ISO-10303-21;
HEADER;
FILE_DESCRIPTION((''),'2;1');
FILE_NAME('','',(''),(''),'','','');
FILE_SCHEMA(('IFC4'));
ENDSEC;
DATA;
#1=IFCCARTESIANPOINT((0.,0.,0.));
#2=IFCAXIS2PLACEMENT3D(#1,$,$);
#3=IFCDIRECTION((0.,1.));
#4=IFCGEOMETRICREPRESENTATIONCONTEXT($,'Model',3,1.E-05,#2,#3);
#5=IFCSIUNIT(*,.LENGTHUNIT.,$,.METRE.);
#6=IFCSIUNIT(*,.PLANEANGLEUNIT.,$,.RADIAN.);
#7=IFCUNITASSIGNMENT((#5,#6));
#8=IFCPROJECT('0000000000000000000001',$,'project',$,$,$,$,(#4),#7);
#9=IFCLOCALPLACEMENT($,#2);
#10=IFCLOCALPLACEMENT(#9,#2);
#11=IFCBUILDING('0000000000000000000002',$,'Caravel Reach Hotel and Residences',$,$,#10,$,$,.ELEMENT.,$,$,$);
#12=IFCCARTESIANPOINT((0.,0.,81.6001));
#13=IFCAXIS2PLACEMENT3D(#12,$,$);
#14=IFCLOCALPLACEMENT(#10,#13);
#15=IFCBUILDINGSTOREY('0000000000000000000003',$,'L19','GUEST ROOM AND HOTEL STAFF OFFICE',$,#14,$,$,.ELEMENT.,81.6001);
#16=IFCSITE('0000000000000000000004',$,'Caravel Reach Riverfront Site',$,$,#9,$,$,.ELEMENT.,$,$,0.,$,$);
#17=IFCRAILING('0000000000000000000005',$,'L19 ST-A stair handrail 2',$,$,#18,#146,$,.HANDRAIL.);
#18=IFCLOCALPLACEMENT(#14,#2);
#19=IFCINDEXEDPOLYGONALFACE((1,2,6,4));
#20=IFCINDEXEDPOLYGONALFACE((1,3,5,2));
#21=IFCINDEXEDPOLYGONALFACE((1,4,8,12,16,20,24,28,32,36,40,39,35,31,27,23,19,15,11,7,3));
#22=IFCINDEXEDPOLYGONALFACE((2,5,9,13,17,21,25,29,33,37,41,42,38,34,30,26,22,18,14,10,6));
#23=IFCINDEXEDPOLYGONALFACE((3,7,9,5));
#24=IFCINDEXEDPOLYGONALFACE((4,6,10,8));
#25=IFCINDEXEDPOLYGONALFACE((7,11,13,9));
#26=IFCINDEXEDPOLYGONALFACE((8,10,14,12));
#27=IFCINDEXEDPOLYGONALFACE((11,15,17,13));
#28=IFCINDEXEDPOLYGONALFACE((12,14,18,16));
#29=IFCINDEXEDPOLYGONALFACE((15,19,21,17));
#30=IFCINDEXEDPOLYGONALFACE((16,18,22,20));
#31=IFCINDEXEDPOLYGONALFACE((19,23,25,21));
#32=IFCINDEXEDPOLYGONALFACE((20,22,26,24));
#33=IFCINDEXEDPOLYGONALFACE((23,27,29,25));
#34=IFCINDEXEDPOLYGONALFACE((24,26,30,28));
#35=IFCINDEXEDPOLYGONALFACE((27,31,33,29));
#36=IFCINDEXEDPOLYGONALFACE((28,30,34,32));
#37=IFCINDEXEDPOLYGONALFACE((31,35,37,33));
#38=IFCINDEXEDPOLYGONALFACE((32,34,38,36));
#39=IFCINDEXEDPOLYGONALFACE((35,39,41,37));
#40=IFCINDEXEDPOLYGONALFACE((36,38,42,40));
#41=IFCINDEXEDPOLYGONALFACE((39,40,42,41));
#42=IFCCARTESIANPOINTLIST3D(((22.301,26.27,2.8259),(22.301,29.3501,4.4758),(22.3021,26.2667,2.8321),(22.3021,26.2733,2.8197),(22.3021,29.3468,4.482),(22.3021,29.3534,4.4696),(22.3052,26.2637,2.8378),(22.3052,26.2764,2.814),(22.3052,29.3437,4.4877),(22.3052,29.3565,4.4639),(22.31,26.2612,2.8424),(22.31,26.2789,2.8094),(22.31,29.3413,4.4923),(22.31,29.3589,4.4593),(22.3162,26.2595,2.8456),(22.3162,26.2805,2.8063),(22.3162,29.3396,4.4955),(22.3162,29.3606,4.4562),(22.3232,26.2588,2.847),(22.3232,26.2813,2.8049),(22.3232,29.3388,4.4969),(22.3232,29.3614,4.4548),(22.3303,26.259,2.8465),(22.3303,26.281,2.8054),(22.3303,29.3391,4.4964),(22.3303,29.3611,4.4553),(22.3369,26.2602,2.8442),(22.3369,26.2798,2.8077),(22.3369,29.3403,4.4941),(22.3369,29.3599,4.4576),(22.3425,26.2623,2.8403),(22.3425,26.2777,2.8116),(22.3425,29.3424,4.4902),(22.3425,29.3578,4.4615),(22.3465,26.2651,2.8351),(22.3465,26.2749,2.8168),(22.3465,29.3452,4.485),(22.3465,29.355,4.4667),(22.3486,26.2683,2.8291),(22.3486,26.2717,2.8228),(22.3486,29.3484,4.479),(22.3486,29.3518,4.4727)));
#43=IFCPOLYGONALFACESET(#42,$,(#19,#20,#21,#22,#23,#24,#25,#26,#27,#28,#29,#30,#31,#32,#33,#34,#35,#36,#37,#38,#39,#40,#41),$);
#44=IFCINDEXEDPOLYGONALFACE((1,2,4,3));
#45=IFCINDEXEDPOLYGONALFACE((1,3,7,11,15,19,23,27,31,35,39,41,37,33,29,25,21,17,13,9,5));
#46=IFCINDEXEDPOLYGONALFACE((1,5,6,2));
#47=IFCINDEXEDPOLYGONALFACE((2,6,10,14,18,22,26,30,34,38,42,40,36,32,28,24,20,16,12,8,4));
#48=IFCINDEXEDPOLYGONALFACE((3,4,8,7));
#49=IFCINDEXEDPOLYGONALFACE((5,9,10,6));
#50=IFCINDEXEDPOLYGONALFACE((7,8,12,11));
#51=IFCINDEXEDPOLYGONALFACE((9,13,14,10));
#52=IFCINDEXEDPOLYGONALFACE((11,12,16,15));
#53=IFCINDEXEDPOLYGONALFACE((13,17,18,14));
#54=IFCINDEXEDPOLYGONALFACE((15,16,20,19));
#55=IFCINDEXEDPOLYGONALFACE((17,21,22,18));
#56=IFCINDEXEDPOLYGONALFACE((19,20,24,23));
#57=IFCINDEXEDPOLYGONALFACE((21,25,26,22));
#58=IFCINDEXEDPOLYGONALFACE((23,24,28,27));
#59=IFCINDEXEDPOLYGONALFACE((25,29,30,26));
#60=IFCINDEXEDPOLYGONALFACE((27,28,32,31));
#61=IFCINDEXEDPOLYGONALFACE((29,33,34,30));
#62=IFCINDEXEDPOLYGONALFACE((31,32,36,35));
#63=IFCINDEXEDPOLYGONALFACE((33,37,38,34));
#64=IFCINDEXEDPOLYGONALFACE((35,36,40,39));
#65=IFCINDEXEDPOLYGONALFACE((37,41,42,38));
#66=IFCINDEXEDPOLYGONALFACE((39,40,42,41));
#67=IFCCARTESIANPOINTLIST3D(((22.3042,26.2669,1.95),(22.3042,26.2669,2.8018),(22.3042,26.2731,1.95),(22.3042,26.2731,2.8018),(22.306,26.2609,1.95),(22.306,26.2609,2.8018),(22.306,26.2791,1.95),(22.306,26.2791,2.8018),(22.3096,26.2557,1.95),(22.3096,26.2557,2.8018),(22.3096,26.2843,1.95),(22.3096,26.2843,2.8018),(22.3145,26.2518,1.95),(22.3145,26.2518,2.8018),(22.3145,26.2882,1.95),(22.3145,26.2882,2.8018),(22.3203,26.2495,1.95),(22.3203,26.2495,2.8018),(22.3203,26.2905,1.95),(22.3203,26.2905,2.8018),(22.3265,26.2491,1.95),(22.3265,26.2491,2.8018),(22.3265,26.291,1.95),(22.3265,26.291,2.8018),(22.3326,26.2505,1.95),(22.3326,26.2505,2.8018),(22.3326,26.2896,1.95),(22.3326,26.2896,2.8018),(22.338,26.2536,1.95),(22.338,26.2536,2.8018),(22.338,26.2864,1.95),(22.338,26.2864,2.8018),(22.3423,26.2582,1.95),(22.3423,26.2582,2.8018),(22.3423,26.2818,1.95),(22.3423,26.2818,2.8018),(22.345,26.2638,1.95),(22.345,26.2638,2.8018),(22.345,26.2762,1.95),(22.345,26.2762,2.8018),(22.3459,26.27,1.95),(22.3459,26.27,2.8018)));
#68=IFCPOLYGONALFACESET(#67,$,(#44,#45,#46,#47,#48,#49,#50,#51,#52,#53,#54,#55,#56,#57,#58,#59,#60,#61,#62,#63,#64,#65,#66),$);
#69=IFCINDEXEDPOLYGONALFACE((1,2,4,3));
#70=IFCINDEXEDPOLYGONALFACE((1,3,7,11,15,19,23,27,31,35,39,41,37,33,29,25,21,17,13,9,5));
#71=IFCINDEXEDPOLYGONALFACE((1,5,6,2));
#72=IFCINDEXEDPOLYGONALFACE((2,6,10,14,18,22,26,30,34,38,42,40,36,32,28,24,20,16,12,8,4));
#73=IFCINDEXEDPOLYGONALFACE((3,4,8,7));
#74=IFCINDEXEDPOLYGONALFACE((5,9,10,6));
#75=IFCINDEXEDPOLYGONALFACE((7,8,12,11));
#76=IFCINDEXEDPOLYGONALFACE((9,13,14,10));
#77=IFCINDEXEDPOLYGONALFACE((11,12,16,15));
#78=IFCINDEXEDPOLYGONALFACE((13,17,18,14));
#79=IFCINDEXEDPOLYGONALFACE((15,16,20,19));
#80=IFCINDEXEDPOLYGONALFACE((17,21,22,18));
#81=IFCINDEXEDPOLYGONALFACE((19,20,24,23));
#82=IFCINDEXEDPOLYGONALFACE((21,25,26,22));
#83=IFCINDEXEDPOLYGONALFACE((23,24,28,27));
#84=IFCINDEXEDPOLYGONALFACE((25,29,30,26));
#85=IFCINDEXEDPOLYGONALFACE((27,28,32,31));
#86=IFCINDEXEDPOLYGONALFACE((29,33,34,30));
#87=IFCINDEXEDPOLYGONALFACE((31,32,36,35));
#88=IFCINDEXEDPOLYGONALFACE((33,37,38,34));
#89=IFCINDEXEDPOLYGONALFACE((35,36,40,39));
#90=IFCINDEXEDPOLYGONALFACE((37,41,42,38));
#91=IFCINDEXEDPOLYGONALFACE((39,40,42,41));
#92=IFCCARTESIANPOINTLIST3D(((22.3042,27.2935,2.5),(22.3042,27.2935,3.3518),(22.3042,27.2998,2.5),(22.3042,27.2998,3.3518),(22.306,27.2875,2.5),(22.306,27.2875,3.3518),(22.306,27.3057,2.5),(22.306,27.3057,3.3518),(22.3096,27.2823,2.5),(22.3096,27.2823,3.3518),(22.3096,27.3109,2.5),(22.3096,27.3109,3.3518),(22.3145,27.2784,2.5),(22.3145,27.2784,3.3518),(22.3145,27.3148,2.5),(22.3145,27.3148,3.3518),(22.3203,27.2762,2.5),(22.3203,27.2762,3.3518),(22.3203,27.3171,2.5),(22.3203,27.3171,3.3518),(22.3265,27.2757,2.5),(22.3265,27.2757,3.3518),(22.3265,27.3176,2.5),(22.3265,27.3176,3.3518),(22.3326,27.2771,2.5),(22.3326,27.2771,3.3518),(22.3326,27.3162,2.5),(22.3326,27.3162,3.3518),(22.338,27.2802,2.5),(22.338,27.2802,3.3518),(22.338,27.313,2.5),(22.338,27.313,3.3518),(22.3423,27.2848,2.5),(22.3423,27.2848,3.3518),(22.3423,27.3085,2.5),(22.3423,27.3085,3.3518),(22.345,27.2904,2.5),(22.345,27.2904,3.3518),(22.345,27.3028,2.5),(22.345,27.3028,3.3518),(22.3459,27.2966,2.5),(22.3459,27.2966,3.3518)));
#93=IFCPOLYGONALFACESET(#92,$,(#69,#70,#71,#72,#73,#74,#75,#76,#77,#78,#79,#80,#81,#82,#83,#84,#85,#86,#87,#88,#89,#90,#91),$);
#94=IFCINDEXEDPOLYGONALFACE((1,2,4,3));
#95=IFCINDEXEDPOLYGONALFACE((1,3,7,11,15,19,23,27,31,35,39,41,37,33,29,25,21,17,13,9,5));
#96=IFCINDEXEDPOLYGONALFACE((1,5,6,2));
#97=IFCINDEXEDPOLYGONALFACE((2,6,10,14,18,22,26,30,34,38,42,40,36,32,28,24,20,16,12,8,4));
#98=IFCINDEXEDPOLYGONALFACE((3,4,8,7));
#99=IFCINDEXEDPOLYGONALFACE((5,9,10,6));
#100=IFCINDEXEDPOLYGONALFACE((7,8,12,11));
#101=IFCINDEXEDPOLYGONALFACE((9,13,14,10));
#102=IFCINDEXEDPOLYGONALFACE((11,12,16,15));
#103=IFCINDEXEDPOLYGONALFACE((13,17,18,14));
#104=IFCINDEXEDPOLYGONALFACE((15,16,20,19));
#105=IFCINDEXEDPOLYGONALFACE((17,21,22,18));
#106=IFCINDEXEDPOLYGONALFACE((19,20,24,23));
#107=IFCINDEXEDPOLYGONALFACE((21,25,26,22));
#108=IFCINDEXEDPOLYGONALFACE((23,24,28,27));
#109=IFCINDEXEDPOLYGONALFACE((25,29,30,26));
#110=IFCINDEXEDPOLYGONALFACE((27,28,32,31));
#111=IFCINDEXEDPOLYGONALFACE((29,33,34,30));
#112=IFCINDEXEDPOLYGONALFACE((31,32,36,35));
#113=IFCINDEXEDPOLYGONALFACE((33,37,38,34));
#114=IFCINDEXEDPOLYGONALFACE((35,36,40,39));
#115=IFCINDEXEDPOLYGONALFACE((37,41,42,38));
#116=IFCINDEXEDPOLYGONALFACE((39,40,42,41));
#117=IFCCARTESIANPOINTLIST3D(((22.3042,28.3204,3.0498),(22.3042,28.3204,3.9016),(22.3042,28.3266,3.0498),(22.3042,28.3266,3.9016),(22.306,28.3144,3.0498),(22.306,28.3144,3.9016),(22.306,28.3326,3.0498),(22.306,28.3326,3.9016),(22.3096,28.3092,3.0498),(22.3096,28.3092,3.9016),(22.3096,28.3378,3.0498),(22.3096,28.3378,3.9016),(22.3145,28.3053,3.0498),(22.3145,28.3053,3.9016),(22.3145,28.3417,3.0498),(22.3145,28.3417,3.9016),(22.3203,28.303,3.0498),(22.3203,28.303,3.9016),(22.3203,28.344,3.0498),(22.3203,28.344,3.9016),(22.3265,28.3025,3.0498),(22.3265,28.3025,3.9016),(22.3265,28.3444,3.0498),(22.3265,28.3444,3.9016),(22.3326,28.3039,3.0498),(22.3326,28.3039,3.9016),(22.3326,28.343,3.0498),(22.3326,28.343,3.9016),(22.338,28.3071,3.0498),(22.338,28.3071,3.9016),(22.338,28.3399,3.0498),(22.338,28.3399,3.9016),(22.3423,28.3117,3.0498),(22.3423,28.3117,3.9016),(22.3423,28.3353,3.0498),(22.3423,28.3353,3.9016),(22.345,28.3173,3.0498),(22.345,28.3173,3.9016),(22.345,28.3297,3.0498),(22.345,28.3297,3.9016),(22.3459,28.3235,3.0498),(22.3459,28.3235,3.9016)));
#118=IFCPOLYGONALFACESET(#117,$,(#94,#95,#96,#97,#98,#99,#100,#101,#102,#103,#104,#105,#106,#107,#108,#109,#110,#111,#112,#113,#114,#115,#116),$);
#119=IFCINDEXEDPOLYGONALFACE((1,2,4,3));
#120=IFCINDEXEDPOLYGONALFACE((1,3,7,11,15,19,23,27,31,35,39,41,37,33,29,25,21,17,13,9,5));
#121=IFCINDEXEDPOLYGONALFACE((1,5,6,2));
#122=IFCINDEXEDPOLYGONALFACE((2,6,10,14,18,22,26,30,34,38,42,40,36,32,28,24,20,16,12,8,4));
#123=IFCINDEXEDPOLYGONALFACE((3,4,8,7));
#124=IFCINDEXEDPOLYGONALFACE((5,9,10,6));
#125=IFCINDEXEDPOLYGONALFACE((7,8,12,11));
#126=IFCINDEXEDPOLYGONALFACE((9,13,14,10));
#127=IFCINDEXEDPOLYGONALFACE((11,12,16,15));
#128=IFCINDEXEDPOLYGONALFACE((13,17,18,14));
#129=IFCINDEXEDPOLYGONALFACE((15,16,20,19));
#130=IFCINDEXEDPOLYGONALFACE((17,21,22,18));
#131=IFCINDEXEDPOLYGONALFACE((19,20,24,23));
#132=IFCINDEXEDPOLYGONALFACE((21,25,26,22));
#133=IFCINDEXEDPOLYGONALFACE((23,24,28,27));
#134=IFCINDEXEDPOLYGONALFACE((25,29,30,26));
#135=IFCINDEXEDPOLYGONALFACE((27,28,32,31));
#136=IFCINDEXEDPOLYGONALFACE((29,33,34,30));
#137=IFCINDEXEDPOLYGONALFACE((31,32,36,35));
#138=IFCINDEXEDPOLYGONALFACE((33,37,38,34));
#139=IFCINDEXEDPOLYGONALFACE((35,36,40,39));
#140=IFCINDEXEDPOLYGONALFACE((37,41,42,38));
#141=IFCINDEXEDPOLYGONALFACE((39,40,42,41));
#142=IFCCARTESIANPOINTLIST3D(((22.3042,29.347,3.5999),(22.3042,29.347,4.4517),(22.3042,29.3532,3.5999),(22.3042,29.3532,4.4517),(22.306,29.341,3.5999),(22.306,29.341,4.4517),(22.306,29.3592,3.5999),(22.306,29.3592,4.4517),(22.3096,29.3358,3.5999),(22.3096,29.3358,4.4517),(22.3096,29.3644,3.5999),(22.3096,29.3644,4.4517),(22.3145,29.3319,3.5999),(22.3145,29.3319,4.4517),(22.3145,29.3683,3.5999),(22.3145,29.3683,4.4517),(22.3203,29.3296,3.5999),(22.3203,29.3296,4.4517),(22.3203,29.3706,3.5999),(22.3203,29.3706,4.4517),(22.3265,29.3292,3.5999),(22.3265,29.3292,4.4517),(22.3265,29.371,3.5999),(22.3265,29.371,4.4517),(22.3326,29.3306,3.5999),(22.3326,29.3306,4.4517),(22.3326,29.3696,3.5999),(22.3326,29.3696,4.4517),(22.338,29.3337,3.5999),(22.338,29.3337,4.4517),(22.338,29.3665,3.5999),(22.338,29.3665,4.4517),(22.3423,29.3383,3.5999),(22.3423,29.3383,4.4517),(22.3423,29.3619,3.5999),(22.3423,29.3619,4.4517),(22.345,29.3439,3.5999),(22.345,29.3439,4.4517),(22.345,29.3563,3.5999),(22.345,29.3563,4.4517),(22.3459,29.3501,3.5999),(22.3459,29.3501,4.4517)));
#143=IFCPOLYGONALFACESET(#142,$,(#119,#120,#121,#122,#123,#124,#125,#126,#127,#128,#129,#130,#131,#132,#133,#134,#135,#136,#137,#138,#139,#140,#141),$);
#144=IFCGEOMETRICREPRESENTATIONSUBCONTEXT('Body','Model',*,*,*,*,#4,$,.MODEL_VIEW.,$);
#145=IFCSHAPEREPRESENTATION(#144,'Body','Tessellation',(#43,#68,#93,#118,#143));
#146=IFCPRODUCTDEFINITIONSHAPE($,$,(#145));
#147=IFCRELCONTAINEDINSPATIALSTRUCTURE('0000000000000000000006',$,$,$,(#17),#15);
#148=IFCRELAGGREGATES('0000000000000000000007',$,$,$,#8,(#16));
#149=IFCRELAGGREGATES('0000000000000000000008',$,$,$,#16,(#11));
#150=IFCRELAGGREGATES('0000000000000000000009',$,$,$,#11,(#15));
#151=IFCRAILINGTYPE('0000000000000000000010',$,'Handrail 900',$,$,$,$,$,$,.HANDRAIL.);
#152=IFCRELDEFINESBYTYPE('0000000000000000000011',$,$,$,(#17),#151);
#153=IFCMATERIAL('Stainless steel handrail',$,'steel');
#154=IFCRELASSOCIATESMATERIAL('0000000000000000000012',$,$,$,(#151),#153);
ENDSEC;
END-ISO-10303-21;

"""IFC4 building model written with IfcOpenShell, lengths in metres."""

from ifc_helpers import new_model, si_unit, direction, frame, origin, origin_2d, place, context, subcontext, project, spatial, circle, extrude, material, type_object, element, save


model = new_model("IFC4")

# Units and contexts
model_context = context("Model", 3, precision=1e-05, world=origin(), true_north=direction((0.0, 1.0)))
body_context = subcontext(model_context, "Body", "Model", "MODEL_VIEW")
ifc_project = project(units=[si_unit("LENGTHUNIT", "METRE"), si_unit("PLANEANGLEUNIT", "RADIAN")], contexts=[model_context])

# Site, building, storey
site_placement = place(None, origin())
site = spatial("IfcSite", under=ifc_project, at=site_placement, Name="Caravel Reach Riverfront Site", CompositionType="ELEMENT", RefElevation=0.0)
building_placement = place(site_placement, origin())
building = spatial("IfcBuilding", under=site, at=building_placement, Name="Caravel Reach Hotel and Residences", CompositionType="ELEMENT")
storey_placement = place(building_placement, frame((0.0, 0.0, 81.6001)))
storey = spatial("IfcBuildingStorey", under=building, at=storey_placement, Name="L19", Description="GUEST ROOM AND HOTEL STAFF OFFICE", CompositionType="ELEMENT", Elevation=81.6001)

# Railing
ifc_material_1 = material(Name="Stainless steel handrail", Category="steel")
railing_type_1 = type_object("IfcRailingType", Name="Handrail 900", PredefinedType="HANDRAIL", material=ifc_material_1)
railing_1_placement = place(storey_placement, frame((22.325, 26.27, 1.95)))
element("IfcRailing", 1, at=railing_1_placement, inside=storey, type_object=railing_type_1, Name="L19 ST-A stair handrail 2", PredefinedType="HANDRAIL", context=body_context, shape_type="SweptSolid", body=[
    extrude(circle(Radius=0.0239, at=origin_2d()), frame((0.0, 0.0, 0.876), z_axis=(0.0, 0.881497, 0.47219), x_axis=(-1.0, 0.0, 0.0)), (0.0, 0.0, 1.0), 3.4941),
    extrude(circle(Radius=0.021, at=origin_2d()), origin(), (0.0, 0.0, 1.0), 0.8518),
    extrude(circle(Radius=0.021, at=origin_2d()), frame((0.0, 1.0266, 0.55)), (0.0, 0.0, 1.0), 0.8518),
    extrude(circle(Radius=0.021, at=origin_2d()), frame((0.0, 2.0535, 1.0999)), (0.0, 0.0, 1.0), 0.8518),
    extrude(circle(Radius=0.021, at=origin_2d()), frame((0.0, 3.0801, 1.6499)), (0.0, 0.0, 1.0), 0.8518),
])

save(model, "model.ifc")
